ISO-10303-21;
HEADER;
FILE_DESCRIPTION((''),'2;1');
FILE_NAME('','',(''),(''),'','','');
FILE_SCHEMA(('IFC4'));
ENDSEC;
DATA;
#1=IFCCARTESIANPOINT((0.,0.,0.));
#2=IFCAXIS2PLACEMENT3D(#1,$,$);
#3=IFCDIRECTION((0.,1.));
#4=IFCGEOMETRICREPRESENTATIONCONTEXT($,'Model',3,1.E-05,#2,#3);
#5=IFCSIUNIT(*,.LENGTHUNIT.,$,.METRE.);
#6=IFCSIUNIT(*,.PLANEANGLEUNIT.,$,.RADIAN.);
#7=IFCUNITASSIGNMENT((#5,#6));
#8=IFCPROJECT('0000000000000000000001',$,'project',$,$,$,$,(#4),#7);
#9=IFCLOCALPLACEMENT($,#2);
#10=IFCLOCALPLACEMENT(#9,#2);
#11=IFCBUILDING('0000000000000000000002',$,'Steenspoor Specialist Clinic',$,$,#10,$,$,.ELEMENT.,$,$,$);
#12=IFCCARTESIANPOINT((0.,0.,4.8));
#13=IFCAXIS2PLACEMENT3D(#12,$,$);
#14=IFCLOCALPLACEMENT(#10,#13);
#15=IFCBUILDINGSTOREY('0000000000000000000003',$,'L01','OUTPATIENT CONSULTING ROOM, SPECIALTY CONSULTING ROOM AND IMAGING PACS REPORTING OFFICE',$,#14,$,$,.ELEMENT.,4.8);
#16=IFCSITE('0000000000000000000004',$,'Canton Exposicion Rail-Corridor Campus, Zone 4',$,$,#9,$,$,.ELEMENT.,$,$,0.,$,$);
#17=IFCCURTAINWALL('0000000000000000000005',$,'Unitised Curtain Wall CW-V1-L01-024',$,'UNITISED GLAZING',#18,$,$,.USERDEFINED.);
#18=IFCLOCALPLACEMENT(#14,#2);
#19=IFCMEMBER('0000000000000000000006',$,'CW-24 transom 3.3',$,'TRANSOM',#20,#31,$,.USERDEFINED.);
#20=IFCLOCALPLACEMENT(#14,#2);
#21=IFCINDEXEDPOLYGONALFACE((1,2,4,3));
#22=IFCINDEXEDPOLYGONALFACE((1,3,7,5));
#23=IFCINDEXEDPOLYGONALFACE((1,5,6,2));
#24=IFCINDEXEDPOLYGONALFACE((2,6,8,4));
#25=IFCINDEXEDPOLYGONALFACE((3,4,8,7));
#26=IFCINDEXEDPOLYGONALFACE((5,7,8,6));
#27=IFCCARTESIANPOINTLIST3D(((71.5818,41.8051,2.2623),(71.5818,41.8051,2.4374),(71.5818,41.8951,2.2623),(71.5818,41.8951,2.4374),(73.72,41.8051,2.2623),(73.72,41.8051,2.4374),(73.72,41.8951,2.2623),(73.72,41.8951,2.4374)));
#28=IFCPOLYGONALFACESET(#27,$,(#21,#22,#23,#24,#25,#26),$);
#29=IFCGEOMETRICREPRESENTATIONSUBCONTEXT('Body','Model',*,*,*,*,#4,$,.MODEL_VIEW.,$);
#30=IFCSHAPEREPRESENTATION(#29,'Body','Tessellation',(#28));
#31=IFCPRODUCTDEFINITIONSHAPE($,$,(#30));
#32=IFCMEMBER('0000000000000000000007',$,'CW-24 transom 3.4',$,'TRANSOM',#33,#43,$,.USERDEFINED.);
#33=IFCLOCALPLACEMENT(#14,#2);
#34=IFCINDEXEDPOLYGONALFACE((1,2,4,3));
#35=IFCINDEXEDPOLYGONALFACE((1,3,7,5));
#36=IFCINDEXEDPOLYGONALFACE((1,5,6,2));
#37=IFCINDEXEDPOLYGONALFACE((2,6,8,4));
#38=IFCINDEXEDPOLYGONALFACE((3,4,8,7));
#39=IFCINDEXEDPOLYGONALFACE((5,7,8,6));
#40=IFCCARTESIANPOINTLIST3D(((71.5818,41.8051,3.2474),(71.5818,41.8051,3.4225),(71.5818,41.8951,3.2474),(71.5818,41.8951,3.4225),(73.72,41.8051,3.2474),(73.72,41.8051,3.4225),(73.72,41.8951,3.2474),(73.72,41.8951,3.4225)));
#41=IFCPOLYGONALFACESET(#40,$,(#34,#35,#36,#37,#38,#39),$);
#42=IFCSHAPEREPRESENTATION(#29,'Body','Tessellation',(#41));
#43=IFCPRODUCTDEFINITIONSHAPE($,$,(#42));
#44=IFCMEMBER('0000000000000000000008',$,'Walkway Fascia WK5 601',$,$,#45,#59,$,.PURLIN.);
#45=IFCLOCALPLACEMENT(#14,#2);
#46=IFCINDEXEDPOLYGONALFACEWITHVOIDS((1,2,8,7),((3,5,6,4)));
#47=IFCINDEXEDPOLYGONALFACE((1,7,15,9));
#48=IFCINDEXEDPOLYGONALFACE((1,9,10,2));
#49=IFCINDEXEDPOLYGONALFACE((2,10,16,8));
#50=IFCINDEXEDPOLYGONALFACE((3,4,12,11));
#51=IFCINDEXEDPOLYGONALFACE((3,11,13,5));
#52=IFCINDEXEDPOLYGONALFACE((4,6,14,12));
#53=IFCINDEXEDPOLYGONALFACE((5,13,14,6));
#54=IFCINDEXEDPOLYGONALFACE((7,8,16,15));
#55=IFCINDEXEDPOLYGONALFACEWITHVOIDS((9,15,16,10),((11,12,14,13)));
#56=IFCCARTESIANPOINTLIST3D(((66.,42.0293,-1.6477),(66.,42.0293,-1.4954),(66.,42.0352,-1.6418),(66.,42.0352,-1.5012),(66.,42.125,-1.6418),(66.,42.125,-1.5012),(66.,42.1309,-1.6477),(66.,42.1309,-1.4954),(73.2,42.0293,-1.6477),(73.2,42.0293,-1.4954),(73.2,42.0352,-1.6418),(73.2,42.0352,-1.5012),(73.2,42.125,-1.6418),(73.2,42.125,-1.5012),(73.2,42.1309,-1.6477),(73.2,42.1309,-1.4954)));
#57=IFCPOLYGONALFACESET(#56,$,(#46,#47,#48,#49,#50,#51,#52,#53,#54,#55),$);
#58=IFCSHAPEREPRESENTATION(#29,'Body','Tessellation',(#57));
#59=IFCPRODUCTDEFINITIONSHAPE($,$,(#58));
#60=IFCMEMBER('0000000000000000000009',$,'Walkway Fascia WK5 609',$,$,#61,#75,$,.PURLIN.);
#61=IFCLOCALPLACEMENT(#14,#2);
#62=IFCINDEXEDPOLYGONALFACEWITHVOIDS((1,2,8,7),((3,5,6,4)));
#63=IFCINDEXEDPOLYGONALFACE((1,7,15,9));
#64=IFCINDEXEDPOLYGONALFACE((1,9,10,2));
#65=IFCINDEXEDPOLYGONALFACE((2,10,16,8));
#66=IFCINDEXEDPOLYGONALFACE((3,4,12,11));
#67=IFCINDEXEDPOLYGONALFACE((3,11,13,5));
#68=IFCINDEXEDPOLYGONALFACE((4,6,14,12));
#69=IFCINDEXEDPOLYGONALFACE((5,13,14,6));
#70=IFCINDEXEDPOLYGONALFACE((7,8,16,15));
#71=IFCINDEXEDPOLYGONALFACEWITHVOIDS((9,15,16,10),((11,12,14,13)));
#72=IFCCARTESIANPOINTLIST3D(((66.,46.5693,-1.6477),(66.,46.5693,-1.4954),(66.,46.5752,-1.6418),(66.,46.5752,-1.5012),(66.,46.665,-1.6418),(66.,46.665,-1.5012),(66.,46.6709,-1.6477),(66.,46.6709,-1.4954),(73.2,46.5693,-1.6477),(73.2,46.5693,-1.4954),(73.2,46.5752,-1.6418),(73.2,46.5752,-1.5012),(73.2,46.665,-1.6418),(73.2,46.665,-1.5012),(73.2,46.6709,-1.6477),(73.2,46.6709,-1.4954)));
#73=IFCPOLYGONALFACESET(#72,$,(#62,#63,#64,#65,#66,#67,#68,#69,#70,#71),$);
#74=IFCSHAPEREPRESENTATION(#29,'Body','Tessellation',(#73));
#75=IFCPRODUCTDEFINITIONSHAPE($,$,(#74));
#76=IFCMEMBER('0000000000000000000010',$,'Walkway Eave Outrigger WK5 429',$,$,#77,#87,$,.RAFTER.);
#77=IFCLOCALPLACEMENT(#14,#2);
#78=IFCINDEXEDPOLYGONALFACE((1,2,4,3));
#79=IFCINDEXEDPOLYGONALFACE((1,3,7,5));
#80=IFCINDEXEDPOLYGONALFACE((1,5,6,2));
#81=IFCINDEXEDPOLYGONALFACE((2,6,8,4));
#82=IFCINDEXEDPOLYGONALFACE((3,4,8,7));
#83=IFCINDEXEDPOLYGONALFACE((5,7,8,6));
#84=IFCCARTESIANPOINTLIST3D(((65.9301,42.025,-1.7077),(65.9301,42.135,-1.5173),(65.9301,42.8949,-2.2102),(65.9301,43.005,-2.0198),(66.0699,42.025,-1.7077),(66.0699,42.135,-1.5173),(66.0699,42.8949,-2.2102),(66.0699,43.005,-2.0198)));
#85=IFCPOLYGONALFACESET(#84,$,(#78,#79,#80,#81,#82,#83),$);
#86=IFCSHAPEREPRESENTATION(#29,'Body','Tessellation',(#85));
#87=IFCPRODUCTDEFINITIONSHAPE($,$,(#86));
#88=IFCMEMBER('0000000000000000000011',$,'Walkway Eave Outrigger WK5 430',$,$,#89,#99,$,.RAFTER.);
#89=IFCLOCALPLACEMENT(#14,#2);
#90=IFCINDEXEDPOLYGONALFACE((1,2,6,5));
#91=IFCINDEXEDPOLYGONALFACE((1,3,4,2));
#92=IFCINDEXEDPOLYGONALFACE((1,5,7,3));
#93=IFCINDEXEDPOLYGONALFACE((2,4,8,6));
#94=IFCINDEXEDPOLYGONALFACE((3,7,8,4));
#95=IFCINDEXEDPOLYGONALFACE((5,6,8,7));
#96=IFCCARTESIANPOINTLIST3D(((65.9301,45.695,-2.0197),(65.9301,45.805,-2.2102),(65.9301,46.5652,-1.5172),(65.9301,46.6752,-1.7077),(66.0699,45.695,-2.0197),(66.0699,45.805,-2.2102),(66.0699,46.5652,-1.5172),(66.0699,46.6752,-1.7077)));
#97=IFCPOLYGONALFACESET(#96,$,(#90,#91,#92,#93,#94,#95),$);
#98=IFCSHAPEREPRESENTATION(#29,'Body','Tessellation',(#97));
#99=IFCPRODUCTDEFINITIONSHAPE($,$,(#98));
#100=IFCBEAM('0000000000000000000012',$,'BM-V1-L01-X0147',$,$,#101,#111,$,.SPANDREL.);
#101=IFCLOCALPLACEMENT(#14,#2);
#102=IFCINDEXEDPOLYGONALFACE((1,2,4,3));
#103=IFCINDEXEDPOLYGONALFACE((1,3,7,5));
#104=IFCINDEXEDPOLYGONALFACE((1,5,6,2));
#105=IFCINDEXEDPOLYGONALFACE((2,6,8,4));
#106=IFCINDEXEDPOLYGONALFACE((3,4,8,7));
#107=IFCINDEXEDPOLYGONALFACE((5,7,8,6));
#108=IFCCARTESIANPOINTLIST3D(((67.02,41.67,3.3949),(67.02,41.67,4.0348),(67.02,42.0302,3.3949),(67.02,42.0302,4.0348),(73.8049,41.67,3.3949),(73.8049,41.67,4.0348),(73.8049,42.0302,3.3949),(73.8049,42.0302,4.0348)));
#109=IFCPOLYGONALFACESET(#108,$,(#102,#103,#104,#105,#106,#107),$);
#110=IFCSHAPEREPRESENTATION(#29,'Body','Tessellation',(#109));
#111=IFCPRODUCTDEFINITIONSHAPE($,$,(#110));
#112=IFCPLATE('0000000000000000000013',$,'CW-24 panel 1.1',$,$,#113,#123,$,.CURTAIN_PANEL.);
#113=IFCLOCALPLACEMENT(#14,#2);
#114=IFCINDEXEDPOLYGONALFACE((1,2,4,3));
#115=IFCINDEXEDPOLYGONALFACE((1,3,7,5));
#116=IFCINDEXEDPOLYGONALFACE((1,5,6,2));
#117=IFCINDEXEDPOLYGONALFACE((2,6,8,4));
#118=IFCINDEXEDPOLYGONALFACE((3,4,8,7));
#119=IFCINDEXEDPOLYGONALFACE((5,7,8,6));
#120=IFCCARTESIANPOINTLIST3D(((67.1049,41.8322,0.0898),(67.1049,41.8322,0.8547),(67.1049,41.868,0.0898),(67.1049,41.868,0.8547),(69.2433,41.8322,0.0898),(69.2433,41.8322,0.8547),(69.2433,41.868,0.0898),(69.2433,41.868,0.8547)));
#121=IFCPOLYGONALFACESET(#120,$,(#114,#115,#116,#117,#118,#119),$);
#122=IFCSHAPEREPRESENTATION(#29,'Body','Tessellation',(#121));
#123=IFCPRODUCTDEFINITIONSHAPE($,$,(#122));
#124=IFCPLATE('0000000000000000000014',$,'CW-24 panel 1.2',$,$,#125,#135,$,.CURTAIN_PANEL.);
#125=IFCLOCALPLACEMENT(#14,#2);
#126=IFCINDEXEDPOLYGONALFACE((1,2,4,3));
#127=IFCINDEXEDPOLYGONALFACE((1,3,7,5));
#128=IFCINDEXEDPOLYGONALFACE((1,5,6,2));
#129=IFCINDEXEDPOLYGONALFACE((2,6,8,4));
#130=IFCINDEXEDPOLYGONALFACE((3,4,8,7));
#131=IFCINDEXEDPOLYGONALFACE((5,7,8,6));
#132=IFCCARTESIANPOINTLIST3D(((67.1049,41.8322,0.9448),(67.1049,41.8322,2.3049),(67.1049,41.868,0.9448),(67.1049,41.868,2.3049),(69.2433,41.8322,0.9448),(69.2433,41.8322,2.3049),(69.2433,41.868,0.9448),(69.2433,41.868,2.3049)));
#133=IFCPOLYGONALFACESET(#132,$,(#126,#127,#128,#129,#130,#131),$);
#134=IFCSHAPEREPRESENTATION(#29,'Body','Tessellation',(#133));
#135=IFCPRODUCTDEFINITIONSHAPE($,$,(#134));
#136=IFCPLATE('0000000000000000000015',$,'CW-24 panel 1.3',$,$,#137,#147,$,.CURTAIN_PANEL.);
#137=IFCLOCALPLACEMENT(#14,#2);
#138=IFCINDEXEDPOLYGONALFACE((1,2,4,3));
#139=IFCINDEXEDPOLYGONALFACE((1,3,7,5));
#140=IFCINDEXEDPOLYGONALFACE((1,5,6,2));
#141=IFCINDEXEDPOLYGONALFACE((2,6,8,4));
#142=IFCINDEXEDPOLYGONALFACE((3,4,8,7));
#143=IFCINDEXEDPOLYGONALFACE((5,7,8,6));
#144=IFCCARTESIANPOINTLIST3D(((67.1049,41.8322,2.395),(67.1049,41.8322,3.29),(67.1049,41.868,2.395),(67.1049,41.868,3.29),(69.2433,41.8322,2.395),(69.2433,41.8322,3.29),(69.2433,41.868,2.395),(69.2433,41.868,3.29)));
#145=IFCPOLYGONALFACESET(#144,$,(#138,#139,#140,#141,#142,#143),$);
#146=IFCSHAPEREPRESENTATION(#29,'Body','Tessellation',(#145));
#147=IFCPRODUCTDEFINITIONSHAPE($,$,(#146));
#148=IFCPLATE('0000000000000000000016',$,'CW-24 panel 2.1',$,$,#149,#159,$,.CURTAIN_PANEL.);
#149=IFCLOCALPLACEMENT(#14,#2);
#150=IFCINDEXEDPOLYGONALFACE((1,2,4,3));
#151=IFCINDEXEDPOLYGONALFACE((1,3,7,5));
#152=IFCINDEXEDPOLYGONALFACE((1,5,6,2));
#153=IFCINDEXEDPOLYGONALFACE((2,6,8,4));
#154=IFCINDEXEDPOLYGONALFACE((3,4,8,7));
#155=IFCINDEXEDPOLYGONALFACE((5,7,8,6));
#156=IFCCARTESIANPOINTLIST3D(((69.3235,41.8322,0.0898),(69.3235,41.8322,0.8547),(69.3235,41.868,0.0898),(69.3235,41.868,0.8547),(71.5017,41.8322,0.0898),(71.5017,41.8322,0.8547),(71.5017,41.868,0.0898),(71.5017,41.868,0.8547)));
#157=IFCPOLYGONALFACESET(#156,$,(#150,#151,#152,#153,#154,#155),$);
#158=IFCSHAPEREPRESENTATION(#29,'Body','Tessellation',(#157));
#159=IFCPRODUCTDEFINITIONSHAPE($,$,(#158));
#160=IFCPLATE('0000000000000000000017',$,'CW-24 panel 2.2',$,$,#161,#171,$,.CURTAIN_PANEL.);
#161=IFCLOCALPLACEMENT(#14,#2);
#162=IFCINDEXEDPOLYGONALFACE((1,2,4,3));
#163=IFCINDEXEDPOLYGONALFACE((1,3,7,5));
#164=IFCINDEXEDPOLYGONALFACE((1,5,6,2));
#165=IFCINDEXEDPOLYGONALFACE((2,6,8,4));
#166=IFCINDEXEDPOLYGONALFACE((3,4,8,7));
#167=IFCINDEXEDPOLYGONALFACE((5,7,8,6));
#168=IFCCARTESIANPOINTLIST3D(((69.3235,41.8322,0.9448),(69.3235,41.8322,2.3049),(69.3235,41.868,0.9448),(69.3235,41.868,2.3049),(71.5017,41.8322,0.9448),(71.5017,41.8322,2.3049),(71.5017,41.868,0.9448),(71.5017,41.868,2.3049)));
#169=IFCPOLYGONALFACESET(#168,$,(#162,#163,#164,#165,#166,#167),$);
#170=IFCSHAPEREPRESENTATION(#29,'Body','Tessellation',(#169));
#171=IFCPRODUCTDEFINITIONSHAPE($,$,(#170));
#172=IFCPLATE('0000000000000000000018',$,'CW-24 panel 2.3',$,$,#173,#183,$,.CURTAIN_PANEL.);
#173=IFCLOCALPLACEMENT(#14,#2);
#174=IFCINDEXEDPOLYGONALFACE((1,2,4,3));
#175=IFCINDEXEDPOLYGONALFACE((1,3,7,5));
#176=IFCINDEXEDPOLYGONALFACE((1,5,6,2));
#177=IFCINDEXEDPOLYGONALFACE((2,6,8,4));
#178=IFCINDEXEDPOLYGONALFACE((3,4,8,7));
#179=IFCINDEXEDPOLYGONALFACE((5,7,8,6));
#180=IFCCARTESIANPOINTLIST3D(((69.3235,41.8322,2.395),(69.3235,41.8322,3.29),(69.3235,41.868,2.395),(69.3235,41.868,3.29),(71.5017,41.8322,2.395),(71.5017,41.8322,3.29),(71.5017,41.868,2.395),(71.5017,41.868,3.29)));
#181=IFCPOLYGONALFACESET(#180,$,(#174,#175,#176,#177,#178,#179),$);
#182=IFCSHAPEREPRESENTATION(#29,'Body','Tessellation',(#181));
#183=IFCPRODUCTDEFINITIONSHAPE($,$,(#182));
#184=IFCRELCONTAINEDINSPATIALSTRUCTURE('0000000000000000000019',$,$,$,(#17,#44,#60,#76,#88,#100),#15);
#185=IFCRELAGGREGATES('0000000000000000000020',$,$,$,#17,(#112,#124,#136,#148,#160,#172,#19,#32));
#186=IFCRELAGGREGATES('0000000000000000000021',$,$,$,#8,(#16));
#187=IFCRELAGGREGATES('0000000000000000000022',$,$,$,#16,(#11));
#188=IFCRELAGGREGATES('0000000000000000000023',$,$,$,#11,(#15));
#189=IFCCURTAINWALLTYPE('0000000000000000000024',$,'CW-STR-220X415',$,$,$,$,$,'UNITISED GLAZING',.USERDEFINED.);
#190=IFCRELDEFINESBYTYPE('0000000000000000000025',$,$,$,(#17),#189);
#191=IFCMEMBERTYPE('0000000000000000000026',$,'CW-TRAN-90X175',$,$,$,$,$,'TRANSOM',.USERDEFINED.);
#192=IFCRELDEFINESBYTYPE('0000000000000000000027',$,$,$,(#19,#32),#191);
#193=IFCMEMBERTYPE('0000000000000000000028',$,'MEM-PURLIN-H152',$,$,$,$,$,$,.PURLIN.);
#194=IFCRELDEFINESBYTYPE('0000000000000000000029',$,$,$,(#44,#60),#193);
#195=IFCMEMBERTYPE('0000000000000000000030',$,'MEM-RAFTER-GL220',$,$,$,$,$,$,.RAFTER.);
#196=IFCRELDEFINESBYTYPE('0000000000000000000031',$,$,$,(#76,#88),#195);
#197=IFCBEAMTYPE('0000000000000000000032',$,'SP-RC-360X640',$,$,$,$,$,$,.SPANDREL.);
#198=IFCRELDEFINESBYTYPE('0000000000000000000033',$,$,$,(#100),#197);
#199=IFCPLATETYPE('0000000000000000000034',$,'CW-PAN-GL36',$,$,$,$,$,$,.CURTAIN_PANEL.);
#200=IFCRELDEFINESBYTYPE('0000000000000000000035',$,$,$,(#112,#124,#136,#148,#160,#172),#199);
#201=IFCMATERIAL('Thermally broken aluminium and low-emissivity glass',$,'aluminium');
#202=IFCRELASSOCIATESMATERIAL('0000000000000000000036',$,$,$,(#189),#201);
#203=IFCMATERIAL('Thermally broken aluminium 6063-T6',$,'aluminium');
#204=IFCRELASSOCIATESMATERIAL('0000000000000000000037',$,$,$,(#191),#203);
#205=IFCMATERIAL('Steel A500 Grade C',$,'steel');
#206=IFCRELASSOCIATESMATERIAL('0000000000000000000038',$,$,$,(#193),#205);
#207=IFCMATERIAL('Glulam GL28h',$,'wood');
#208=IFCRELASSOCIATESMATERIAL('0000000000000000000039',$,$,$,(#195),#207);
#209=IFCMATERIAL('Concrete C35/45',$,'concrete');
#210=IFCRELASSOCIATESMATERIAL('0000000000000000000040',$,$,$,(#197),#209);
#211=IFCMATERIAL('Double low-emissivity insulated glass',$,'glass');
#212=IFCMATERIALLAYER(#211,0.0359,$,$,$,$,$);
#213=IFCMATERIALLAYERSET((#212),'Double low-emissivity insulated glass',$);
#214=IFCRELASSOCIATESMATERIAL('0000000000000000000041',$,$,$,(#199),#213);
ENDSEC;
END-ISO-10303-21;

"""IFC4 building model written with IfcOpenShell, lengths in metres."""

from ifc_helpers import new_model, si_unit, direction, frame, origin, origin_2d, place, context, subcontext, project, spatial, rectangle, hollow_rectangle, extrude, material, layer, layer_set, material_profile, profile_set, type_object, element, aggregate, save


model = new_model("IFC4")

# Units and contexts
model_context = context("Model", 3, precision=1e-05, world=origin(), true_north=direction((0.0, 1.0)))
body_context = subcontext(model_context, "Body", "Model", "MODEL_VIEW")
ifc_project = project(units=[si_unit("LENGTHUNIT", "METRE"), si_unit("PLANEANGLEUNIT", "RADIAN")], contexts=[model_context])

# Site, building, storey
site_placement = place(None, origin())
site = spatial("IfcSite", under=ifc_project, at=site_placement, Name="Canton Exposicion Rail-Corridor Campus, Zone 4", CompositionType="ELEMENT", RefElevation=0.0)
building_placement = place(site_placement, origin())
building = spatial("IfcBuilding", under=site, at=building_placement, Name="Steenspoor Specialist Clinic", CompositionType="ELEMENT")
storey_placement = place(building_placement, frame((0.0, 0.0, 4.8)))
storey = spatial("IfcBuildingStorey", under=building, at=storey_placement, Name="L01", Description="OUTPATIENT CONSULTING ROOM, SPECIALTY CONSULTING ROOM AND IMAGING PACS REPORTING OFFICE", CompositionType="ELEMENT", Elevation=4.8)

# Curtain wall, members
ifc_material_1 = material(Name="Thermally broken aluminium and low-emissivity glass", Category="aluminium")
curtain_wall_type = type_object("IfcCurtainWallType", Name="CW-STR-220X415", ElementType="UNITISED GLAZING", PredefinedType="USERDEFINED", material=ifc_material_1)
curtain_wall_placement = place(storey_placement, origin())
curtain_wall = element("IfcCurtainWall", 1, at=curtain_wall_placement, inside=storey, type_object=curtain_wall_type, Name="Unitised Curtain Wall CW-V1-L01-024", ObjectType="UNITISED GLAZING", PredefinedType="USERDEFINED")
ifc_material_2 = material(Name="Thermally broken aluminium 6063-T6", Category="aluminium")
ifc_material_profile_1 = material_profile(ifc_material_2, rectangle(XDim=0.0901, YDim=0.175, at=origin_2d()), Name="CWT-90X175")
ifc_profile_set_1 = profile_set([ifc_material_profile_1], Name="Thermally broken aluminium 6063-T6")
member_type_1 = type_object("IfcMemberType", Name="CW-TRAN-90X175", ElementType="TRANSOM", PredefinedType="USERDEFINED", material=ifc_profile_set_1)
member_1_placement = place(storey_placement, frame((71.5818, 41.8501, 2.3499), z_axis=(1.0, 0.0, 0.0), x_axis=(0.0, 1.0, 0.0)))
member_1 = element("IfcMember", 2, at=member_1_placement, type_object=member_type_1, Name="CW-24 transom 3.3", ObjectType="TRANSOM", PredefinedType="USERDEFINED", context=body_context, shape_type="SweptSolid", body=[
    extrude(rectangle(XDim=0.0901, YDim=0.175, at=origin_2d()), origin(), (0.0, 0.0, 1.0), 2.1382),
])
member_2_placement = place(storey_placement, frame((71.5818, 41.8501, 3.335), z_axis=(1.0, 0.0, 0.0), x_axis=(0.0, 1.0, 0.0)))
member_2 = element("IfcMember", 3, at=member_2_placement, type_object=member_type_1, Name="CW-24 transom 3.4", ObjectType="TRANSOM", PredefinedType="USERDEFINED", context=body_context, shape_type="SweptSolid", body=[
    extrude(rectangle(XDim=0.0901, YDim=0.175, at=origin_2d()), origin(), (0.0, 0.0, 1.0), 2.1382),
])

# Members
ifc_material_3 = material(Name="Steel A500 Grade C", Category="steel")
ifc_material_profile_2 = material_profile(ifc_material_3, hollow_rectangle(XDim=0.1016, YDim=0.1523, WallThickness=0.0059, at=origin_2d()), Name="HSS152X102X6.4")
ifc_profile_set_2 = profile_set([ifc_material_profile_2], Name="Steel A500 Grade C")
member_type_2 = type_object("IfcMemberType", Name="MEM-PURLIN-H152", PredefinedType="PURLIN", material=ifc_profile_set_2)
for number, where, z_axis, x_axis, name in (
    (4, (66.0, 42.0801, -1.5715), (1.0, 0.0, 0.0), (0.0, 1.0, 0.0), "Walkway Fascia WK5 601"),
    (5, (66.0, 46.6201, -1.5715), (1.0, 0.0, 0.0), (0.0, 1.0, 0.0), "Walkway Fascia WK5 609"),
):
    element("IfcMember", number, at=place(storey_placement, frame(where, z_axis=z_axis, x_axis=x_axis)), inside=storey, type_object=member_type_2, Name=name, PredefinedType="PURLIN", context=body_context, shape_type="SweptSolid", body=[
        extrude(hollow_rectangle(XDim=0.1016, YDim=0.1523, WallThickness=0.0059, at=origin_2d()), origin(), (0.0, 0.0, 1.0), 7.2),
    ])
ifc_material_4 = material(Name="Glulam GL28h", Category="wood")
ifc_material_profile_3 = material_profile(ifc_material_4, rectangle(XDim=0.1399, YDim=0.22, at=origin_2d()), Name="GL28H-140X220")
ifc_profile_set_3 = profile_set([ifc_material_profile_3], Name="Glulam GL28h")
member_type_3 = type_object("IfcMemberType", Name="MEM-RAFTER-GL220", PredefinedType="RAFTER", material=ifc_profile_set_3)
member_3_placement = place(storey_placement, frame((66.0, 42.95, -2.115), z_axis=(0.0, -0.865931, 0.500164), x_axis=(1.0, 0.0, 0.0)))
element("IfcMember", 6, at=member_3_placement, inside=storey, type_object=member_type_3, Name="Walkway Eave Outrigger WK5 429", PredefinedType="RAFTER", context=body_context, shape_type="SweptSolid", body=[
    extrude(rectangle(XDim=0.1399, YDim=0.22, at=origin_2d()), origin(), (0.0, 0.0, 1.0), 1.0046),
])
member_4_placement = place(storey_placement, frame((66.0, 45.75, -2.115), z_axis=(0.0, 0.865991, 0.500059), x_axis=(-1.0, 0.0, 0.0)))
element("IfcMember", 7, at=member_4_placement, inside=storey, type_object=member_type_3, Name="Walkway Eave Outrigger WK5 430", PredefinedType="RAFTER", context=body_context, shape_type="SweptSolid", body=[
    extrude(rectangle(XDim=0.1399, YDim=0.22, at=origin_2d()), origin(), (0.0, 0.0, 1.0), 1.0049),
])

# Beam
ifc_material_5 = material(Name="Concrete C35/45", Category="concrete")
ifc_material_profile_4 = material_profile(ifc_material_5, rectangle(XDim=0.3601, YDim=0.6399, at=origin_2d()), Name="RC-SP-360X640")
ifc_profile_set_4 = profile_set([ifc_material_profile_4], Name="Concrete C35/45")
beam_type = type_object("IfcBeamType", Name="SP-RC-360X640", PredefinedType="SPANDREL", material=ifc_profile_set_4)
beam_placement = place(storey_placement, frame((67.02, 41.8501, 3.7148), z_axis=(1.0, 0.0, 0.0), x_axis=(0.0, 1.0, 0.0)))
element("IfcBeam", 8, at=beam_placement, inside=storey, type_object=beam_type, Name="BM-V1-L01-X0147", PredefinedType="SPANDREL", context=body_context, shape_type="SweptSolid", body=[
    extrude(rectangle(XDim=0.3601, YDim=0.6399, at=origin_2d()), origin(), (0.0, 0.0, 1.0), 6.7849),
])

# Plates
ifc_material_6 = material(Name="Double low-emissivity insulated glass", Category="glass")
ifc_layer = layer(ifc_material_6, 0.0359)
ifc_layer_set = layer_set([ifc_layer], Name="Double low-emissivity insulated glass")
plate_type = type_object("IfcPlateType", Name="CW-PAN-GL36", PredefinedType="CURTAIN_PANEL", material=ifc_layer_set)
plate_1_placement = place(storey_placement, frame((68.1741, 41.8501, 0.0898), z_axis=(0.0, 0.0, 1.0), x_axis=(1.0, 0.0, 0.0)))
plate_1 = element("IfcPlate", 9, at=plate_1_placement, type_object=plate_type, Name="CW-24 panel 1.1", PredefinedType="CURTAIN_PANEL", context=body_context, shape_type="SweptSolid", body=[
    extrude(rectangle(XDim=2.1384, YDim=0.0359, at=origin_2d()), origin(), (0.0, 0.0, 1.0), 0.7649),
])
plate_2_placement = place(storey_placement, frame((68.1741, 41.8501, 0.9448), z_axis=(0.0, 0.0, 1.0), x_axis=(1.0, 0.0, 0.0)))
plate_2 = element("IfcPlate", 10, at=plate_2_placement, type_object=plate_type, Name="CW-24 panel 1.2", PredefinedType="CURTAIN_PANEL", context=body_context, shape_type="SweptSolid", body=[
    extrude(rectangle(XDim=2.1384, YDim=0.0359, at=origin_2d()), origin(), (0.0, 0.0, 1.0), 1.3601),
])
plate_3_placement = place(storey_placement, frame((68.1741, 41.8501, 2.395), z_axis=(0.0, 0.0, 1.0), x_axis=(1.0, 0.0, 0.0)))
plate_3 = element("IfcPlate", 11, at=plate_3_placement, type_object=plate_type, Name="CW-24 panel 1.3", PredefinedType="CURTAIN_PANEL", context=body_context, shape_type="SweptSolid", body=[
    extrude(rectangle(XDim=2.1384, YDim=0.0359, at=origin_2d()), origin(), (0.0, 0.0, 1.0), 0.895),
])
plate_4_placement = place(storey_placement, frame((70.4126, 41.8501, 0.0898), z_axis=(0.0, 0.0, 1.0), x_axis=(1.0, 0.0, 0.0)))
plate_4 = element("IfcPlate", 12, at=plate_4_placement, type_object=plate_type, Name="CW-24 panel 2.1", PredefinedType="CURTAIN_PANEL", context=body_context, shape_type="SweptSolid", body=[
    extrude(rectangle(XDim=2.1782, YDim=0.0359, at=origin_2d()), origin(), (0.0, 0.0, 1.0), 0.7649),
])
plate_5_placement = place(storey_placement, frame((70.4126, 41.8501, 0.9448), z_axis=(0.0, 0.0, 1.0), x_axis=(1.0, 0.0, 0.0)))
plate_5 = element("IfcPlate", 13, at=plate_5_placement, type_object=plate_type, Name="CW-24 panel 2.2", PredefinedType="CURTAIN_PANEL", context=body_context, shape_type="SweptSolid", body=[
    extrude(rectangle(XDim=2.1782, YDim=0.0359, at=origin_2d()), origin(), (0.0, 0.0, 1.0), 1.3601),
])
plate_6_placement = place(storey_placement, frame((70.4126, 41.8501, 2.395), z_axis=(0.0, 0.0, 1.0), x_axis=(1.0, 0.0, 0.0)))
plate_6 = element("IfcPlate", 14, at=plate_6_placement, type_object=plate_type, Name="CW-24 panel 2.3", PredefinedType="CURTAIN_PANEL", context=body_context, shape_type="SweptSolid", body=[
    extrude(rectangle(XDim=2.1782, YDim=0.0359, at=origin_2d()), origin(), (0.0, 0.0, 1.0), 0.895),
])
aggregate(curtain_wall, [plate_1, plate_2, plate_3, plate_4, plate_5, plate_6, member_1, member_2])

save(model, "model.ifc")
